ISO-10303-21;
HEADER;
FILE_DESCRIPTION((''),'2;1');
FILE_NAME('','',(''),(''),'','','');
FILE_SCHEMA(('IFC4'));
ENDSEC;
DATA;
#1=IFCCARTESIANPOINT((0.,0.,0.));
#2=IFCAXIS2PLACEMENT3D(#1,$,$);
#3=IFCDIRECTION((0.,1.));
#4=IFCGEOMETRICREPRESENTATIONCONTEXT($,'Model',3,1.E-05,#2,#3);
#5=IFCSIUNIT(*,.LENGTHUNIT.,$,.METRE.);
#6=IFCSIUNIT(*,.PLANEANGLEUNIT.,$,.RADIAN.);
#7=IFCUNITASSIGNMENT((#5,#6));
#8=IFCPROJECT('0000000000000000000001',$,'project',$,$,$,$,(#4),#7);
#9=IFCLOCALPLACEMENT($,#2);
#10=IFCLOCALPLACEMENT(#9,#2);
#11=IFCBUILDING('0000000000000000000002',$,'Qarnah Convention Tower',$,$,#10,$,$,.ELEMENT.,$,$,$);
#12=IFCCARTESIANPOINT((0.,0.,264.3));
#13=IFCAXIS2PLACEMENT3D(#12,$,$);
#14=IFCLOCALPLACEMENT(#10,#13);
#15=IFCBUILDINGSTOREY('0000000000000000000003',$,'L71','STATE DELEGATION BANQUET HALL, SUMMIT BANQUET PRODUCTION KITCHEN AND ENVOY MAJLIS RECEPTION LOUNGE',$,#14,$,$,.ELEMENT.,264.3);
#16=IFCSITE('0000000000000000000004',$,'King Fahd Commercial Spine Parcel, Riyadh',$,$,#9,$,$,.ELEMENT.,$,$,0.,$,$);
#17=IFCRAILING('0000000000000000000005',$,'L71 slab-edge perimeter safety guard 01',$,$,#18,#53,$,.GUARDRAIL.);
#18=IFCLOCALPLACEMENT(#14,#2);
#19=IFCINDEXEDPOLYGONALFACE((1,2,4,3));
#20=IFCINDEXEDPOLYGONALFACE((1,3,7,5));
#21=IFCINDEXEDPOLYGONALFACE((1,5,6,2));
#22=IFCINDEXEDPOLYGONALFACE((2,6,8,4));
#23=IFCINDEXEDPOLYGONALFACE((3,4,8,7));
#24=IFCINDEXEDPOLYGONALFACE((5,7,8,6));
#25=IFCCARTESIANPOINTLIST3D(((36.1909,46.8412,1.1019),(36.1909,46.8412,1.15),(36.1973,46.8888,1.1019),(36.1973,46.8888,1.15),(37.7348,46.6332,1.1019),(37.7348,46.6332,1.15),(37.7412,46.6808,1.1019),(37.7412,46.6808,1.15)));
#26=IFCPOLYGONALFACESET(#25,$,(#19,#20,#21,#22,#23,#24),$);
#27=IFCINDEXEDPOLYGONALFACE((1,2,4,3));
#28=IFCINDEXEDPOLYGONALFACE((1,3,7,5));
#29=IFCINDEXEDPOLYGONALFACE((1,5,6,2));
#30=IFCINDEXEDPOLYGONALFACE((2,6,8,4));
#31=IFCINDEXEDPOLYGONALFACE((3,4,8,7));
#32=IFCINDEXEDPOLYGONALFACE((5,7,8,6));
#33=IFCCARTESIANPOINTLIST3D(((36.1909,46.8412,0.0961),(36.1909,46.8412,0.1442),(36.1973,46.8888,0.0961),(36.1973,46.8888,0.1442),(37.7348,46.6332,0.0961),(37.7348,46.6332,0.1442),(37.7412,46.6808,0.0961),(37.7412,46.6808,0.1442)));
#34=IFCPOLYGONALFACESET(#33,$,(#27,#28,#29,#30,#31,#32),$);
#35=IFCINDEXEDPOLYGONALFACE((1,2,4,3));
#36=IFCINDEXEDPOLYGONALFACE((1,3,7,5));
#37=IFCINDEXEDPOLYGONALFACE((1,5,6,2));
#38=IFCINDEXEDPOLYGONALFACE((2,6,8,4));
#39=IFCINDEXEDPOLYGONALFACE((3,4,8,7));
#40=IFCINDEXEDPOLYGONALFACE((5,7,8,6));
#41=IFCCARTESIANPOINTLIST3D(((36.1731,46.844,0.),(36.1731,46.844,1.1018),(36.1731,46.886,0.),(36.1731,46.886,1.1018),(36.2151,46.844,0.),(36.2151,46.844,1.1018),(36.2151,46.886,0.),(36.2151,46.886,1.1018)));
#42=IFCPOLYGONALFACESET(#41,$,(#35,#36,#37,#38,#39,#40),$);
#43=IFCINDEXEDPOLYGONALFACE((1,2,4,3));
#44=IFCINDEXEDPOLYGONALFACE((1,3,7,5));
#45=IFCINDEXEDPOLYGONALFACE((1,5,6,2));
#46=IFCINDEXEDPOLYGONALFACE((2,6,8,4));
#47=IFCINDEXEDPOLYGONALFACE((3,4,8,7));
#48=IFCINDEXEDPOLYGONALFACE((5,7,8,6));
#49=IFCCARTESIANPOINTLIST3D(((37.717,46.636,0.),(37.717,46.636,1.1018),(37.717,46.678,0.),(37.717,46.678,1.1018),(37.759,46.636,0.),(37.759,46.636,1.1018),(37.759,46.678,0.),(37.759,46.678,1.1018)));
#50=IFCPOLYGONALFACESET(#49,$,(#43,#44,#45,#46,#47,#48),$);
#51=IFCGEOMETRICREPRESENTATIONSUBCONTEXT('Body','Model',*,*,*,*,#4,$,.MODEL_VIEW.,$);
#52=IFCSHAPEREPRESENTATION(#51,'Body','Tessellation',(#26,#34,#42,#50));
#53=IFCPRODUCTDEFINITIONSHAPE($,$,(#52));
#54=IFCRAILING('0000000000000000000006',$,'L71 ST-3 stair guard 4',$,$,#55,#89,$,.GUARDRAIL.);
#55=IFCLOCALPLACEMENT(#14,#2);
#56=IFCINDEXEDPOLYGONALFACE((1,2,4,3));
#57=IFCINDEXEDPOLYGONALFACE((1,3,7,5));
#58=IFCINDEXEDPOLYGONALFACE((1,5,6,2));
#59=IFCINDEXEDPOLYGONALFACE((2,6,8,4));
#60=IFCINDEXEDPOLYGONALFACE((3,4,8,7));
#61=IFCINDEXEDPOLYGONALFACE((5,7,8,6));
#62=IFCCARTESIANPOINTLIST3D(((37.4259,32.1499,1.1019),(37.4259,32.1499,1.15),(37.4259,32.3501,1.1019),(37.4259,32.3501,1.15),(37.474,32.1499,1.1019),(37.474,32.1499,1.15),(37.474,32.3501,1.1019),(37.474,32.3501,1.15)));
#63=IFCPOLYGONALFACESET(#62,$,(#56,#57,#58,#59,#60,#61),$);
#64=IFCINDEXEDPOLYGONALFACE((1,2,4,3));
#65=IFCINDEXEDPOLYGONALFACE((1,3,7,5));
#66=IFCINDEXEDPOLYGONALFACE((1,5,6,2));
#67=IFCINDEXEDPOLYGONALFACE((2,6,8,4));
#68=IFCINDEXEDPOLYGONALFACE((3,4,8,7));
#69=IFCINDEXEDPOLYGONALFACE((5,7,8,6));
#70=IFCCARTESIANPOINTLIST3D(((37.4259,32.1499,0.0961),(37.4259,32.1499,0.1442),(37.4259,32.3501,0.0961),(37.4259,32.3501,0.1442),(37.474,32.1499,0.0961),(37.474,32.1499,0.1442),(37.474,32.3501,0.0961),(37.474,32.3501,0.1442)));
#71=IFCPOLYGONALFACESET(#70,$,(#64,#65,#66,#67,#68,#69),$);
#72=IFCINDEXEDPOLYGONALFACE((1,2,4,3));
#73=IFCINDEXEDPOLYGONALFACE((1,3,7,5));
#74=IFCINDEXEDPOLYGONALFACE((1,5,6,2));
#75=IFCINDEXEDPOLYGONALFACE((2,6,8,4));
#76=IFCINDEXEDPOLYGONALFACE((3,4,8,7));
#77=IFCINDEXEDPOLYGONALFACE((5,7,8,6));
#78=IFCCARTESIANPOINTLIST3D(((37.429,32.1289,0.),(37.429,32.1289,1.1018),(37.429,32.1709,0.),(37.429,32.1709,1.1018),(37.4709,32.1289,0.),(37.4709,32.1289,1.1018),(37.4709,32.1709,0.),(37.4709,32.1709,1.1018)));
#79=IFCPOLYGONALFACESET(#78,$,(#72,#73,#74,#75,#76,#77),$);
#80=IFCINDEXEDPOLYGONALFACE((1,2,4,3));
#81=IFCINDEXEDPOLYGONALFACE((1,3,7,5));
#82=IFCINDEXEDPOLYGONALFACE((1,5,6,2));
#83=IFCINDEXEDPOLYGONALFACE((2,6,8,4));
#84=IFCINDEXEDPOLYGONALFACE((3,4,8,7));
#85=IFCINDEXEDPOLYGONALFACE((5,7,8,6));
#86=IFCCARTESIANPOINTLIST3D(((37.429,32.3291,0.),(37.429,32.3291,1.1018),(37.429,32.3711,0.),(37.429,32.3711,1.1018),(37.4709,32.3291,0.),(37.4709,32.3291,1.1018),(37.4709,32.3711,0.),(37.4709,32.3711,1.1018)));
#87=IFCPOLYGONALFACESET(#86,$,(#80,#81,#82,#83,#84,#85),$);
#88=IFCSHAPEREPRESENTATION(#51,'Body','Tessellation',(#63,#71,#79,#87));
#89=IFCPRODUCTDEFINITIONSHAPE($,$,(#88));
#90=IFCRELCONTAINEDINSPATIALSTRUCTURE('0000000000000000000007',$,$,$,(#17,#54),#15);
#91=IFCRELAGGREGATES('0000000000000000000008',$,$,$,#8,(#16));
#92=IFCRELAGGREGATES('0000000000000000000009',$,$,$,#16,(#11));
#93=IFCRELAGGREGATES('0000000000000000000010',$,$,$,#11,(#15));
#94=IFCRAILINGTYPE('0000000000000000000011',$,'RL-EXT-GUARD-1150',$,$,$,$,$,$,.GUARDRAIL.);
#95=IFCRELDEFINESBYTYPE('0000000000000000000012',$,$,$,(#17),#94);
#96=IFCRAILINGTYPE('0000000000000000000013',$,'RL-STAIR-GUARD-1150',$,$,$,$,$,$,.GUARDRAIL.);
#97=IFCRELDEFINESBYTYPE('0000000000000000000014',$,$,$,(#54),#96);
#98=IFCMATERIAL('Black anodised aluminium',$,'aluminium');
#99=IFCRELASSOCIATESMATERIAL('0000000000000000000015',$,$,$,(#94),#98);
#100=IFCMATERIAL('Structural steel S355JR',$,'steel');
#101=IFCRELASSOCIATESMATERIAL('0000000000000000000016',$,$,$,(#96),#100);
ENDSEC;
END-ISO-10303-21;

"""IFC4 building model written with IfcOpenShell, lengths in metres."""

from ifc_helpers import new_model, si_unit, direction, frame, origin, origin_2d, place, context, subcontext, project, spatial, rectangle, extrude, material, type_object, element, save


model = new_model("IFC4")

# Units and contexts
model_context = context("Model", 3, precision=1e-05, world=origin(), true_north=direction((0.0, 1.0)))
body_context = subcontext(model_context, "Body", "Model", "MODEL_VIEW")
ifc_project = project(units=[si_unit("LENGTHUNIT", "METRE"), si_unit("PLANEANGLEUNIT", "RADIAN")], contexts=[model_context])

# Site, building, storey
site_placement = place(None, origin())
site = spatial("IfcSite", under=ifc_project, at=site_placement, Name="King Fahd Commercial Spine Parcel, Riyadh", CompositionType="ELEMENT", RefElevation=0.0)
building_placement = place(site_placement, origin())
building = spatial("IfcBuilding", under=site, at=building_placement, Name="Qarnah Convention Tower", CompositionType="ELEMENT")
storey_placement = place(building_placement, frame((0.0, 0.0, 264.3)))
storey = spatial("IfcBuildingStorey", under=building, at=storey_placement, Name="L71", Description="STATE DELEGATION BANQUET HALL, SUMMIT BANQUET PRODUCTION KITCHEN AND ENVOY MAJLIS RECEPTION LOUNGE", CompositionType="ELEMENT", Elevation=264.3)

# Shared definitions
ifc_material_1 = material(Name="Structural steel S355JR", Category="steel")

# Shared definitions
ifc_material_2 = material(Name="Black anodised aluminium", Category="aluminium")

# Railings
railing_type_1 = type_object("IfcRailingType", Name="RL-EXT-GUARD-1150", PredefinedType="GUARDRAIL", material=ifc_material_2)
railing_1_placement = place(storey_placement, frame((36.1941, 46.865, 0.0)))
element("IfcRailing", 1, at=railing_1_placement, inside=storey, type_object=railing_type_1, Name="L71 slab-edge perimeter safety guard 01", PredefinedType="GUARDRAIL", context=body_context, shape_type="SweptSolid", body=[
    extrude(rectangle(XDim=0.0481, YDim=0.0481, at=origin_2d()), frame((0.0, 0.0, 1.126), z_axis=(0.991046, -0.133519, 0.0), x_axis=(0.133519, 0.991046, 0.0)), (0.0, 0.0, 1.0), 1.5579),
    extrude(rectangle(XDim=0.0481, YDim=0.0481, at=origin_2d()), frame((0.0, 0.0, 0.1201), z_axis=(0.991046, -0.133519, 0.0), x_axis=(0.133519, 0.991046, 0.0)), (0.0, 0.0, 1.0), 1.5579),
    extrude(rectangle(XDim=0.042, YDim=0.042, at=origin_2d()), origin(), (0.0, 0.0, 1.0), 1.1018),
    extrude(rectangle(XDim=0.042, YDim=0.042, at=origin_2d()), frame((1.5439, -0.208, 0.0)), (0.0, 0.0, 1.0), 1.1018),
])
railing_type_2 = type_object("IfcRailingType", Name="RL-STAIR-GUARD-1150", PredefinedType="GUARDRAIL", material=ifc_material_1)
railing_2_placement = place(storey_placement, frame((37.45, 32.1499, 0.0)))
element("IfcRailing", 2, at=railing_2_placement, inside=storey, type_object=railing_type_2, Name="L71 ST-3 stair guard 4", PredefinedType="GUARDRAIL", context=body_context, shape_type="SweptSolid", body=[
    extrude(rectangle(XDim=0.0481, YDim=0.0481, at=origin_2d()), frame((0.0, 0.0, 1.126), z_axis=(0.0, 1.0, 0.0), x_axis=(-1.0, 0.0, 0.0)), (0.0, 0.0, 1.0), 0.2002),
    extrude(rectangle(XDim=0.0481, YDim=0.0481, at=origin_2d()), frame((0.0, 0.0, 0.1201), z_axis=(0.0, 1.0, 0.0), x_axis=(-1.0, 0.0, 0.0)), (0.0, 0.0, 1.0), 0.2002),
    extrude(rectangle(XDim=0.042, YDim=0.042, at=origin_2d()), origin(), (0.0, 0.0, 1.0), 1.1018),
    extrude(rectangle(XDim=0.042, YDim=0.042, at=origin_2d()), frame((0.0, 0.2002, 0.0)), (0.0, 0.0, 1.0), 1.1018),
])

save(model, "model.ifc")
